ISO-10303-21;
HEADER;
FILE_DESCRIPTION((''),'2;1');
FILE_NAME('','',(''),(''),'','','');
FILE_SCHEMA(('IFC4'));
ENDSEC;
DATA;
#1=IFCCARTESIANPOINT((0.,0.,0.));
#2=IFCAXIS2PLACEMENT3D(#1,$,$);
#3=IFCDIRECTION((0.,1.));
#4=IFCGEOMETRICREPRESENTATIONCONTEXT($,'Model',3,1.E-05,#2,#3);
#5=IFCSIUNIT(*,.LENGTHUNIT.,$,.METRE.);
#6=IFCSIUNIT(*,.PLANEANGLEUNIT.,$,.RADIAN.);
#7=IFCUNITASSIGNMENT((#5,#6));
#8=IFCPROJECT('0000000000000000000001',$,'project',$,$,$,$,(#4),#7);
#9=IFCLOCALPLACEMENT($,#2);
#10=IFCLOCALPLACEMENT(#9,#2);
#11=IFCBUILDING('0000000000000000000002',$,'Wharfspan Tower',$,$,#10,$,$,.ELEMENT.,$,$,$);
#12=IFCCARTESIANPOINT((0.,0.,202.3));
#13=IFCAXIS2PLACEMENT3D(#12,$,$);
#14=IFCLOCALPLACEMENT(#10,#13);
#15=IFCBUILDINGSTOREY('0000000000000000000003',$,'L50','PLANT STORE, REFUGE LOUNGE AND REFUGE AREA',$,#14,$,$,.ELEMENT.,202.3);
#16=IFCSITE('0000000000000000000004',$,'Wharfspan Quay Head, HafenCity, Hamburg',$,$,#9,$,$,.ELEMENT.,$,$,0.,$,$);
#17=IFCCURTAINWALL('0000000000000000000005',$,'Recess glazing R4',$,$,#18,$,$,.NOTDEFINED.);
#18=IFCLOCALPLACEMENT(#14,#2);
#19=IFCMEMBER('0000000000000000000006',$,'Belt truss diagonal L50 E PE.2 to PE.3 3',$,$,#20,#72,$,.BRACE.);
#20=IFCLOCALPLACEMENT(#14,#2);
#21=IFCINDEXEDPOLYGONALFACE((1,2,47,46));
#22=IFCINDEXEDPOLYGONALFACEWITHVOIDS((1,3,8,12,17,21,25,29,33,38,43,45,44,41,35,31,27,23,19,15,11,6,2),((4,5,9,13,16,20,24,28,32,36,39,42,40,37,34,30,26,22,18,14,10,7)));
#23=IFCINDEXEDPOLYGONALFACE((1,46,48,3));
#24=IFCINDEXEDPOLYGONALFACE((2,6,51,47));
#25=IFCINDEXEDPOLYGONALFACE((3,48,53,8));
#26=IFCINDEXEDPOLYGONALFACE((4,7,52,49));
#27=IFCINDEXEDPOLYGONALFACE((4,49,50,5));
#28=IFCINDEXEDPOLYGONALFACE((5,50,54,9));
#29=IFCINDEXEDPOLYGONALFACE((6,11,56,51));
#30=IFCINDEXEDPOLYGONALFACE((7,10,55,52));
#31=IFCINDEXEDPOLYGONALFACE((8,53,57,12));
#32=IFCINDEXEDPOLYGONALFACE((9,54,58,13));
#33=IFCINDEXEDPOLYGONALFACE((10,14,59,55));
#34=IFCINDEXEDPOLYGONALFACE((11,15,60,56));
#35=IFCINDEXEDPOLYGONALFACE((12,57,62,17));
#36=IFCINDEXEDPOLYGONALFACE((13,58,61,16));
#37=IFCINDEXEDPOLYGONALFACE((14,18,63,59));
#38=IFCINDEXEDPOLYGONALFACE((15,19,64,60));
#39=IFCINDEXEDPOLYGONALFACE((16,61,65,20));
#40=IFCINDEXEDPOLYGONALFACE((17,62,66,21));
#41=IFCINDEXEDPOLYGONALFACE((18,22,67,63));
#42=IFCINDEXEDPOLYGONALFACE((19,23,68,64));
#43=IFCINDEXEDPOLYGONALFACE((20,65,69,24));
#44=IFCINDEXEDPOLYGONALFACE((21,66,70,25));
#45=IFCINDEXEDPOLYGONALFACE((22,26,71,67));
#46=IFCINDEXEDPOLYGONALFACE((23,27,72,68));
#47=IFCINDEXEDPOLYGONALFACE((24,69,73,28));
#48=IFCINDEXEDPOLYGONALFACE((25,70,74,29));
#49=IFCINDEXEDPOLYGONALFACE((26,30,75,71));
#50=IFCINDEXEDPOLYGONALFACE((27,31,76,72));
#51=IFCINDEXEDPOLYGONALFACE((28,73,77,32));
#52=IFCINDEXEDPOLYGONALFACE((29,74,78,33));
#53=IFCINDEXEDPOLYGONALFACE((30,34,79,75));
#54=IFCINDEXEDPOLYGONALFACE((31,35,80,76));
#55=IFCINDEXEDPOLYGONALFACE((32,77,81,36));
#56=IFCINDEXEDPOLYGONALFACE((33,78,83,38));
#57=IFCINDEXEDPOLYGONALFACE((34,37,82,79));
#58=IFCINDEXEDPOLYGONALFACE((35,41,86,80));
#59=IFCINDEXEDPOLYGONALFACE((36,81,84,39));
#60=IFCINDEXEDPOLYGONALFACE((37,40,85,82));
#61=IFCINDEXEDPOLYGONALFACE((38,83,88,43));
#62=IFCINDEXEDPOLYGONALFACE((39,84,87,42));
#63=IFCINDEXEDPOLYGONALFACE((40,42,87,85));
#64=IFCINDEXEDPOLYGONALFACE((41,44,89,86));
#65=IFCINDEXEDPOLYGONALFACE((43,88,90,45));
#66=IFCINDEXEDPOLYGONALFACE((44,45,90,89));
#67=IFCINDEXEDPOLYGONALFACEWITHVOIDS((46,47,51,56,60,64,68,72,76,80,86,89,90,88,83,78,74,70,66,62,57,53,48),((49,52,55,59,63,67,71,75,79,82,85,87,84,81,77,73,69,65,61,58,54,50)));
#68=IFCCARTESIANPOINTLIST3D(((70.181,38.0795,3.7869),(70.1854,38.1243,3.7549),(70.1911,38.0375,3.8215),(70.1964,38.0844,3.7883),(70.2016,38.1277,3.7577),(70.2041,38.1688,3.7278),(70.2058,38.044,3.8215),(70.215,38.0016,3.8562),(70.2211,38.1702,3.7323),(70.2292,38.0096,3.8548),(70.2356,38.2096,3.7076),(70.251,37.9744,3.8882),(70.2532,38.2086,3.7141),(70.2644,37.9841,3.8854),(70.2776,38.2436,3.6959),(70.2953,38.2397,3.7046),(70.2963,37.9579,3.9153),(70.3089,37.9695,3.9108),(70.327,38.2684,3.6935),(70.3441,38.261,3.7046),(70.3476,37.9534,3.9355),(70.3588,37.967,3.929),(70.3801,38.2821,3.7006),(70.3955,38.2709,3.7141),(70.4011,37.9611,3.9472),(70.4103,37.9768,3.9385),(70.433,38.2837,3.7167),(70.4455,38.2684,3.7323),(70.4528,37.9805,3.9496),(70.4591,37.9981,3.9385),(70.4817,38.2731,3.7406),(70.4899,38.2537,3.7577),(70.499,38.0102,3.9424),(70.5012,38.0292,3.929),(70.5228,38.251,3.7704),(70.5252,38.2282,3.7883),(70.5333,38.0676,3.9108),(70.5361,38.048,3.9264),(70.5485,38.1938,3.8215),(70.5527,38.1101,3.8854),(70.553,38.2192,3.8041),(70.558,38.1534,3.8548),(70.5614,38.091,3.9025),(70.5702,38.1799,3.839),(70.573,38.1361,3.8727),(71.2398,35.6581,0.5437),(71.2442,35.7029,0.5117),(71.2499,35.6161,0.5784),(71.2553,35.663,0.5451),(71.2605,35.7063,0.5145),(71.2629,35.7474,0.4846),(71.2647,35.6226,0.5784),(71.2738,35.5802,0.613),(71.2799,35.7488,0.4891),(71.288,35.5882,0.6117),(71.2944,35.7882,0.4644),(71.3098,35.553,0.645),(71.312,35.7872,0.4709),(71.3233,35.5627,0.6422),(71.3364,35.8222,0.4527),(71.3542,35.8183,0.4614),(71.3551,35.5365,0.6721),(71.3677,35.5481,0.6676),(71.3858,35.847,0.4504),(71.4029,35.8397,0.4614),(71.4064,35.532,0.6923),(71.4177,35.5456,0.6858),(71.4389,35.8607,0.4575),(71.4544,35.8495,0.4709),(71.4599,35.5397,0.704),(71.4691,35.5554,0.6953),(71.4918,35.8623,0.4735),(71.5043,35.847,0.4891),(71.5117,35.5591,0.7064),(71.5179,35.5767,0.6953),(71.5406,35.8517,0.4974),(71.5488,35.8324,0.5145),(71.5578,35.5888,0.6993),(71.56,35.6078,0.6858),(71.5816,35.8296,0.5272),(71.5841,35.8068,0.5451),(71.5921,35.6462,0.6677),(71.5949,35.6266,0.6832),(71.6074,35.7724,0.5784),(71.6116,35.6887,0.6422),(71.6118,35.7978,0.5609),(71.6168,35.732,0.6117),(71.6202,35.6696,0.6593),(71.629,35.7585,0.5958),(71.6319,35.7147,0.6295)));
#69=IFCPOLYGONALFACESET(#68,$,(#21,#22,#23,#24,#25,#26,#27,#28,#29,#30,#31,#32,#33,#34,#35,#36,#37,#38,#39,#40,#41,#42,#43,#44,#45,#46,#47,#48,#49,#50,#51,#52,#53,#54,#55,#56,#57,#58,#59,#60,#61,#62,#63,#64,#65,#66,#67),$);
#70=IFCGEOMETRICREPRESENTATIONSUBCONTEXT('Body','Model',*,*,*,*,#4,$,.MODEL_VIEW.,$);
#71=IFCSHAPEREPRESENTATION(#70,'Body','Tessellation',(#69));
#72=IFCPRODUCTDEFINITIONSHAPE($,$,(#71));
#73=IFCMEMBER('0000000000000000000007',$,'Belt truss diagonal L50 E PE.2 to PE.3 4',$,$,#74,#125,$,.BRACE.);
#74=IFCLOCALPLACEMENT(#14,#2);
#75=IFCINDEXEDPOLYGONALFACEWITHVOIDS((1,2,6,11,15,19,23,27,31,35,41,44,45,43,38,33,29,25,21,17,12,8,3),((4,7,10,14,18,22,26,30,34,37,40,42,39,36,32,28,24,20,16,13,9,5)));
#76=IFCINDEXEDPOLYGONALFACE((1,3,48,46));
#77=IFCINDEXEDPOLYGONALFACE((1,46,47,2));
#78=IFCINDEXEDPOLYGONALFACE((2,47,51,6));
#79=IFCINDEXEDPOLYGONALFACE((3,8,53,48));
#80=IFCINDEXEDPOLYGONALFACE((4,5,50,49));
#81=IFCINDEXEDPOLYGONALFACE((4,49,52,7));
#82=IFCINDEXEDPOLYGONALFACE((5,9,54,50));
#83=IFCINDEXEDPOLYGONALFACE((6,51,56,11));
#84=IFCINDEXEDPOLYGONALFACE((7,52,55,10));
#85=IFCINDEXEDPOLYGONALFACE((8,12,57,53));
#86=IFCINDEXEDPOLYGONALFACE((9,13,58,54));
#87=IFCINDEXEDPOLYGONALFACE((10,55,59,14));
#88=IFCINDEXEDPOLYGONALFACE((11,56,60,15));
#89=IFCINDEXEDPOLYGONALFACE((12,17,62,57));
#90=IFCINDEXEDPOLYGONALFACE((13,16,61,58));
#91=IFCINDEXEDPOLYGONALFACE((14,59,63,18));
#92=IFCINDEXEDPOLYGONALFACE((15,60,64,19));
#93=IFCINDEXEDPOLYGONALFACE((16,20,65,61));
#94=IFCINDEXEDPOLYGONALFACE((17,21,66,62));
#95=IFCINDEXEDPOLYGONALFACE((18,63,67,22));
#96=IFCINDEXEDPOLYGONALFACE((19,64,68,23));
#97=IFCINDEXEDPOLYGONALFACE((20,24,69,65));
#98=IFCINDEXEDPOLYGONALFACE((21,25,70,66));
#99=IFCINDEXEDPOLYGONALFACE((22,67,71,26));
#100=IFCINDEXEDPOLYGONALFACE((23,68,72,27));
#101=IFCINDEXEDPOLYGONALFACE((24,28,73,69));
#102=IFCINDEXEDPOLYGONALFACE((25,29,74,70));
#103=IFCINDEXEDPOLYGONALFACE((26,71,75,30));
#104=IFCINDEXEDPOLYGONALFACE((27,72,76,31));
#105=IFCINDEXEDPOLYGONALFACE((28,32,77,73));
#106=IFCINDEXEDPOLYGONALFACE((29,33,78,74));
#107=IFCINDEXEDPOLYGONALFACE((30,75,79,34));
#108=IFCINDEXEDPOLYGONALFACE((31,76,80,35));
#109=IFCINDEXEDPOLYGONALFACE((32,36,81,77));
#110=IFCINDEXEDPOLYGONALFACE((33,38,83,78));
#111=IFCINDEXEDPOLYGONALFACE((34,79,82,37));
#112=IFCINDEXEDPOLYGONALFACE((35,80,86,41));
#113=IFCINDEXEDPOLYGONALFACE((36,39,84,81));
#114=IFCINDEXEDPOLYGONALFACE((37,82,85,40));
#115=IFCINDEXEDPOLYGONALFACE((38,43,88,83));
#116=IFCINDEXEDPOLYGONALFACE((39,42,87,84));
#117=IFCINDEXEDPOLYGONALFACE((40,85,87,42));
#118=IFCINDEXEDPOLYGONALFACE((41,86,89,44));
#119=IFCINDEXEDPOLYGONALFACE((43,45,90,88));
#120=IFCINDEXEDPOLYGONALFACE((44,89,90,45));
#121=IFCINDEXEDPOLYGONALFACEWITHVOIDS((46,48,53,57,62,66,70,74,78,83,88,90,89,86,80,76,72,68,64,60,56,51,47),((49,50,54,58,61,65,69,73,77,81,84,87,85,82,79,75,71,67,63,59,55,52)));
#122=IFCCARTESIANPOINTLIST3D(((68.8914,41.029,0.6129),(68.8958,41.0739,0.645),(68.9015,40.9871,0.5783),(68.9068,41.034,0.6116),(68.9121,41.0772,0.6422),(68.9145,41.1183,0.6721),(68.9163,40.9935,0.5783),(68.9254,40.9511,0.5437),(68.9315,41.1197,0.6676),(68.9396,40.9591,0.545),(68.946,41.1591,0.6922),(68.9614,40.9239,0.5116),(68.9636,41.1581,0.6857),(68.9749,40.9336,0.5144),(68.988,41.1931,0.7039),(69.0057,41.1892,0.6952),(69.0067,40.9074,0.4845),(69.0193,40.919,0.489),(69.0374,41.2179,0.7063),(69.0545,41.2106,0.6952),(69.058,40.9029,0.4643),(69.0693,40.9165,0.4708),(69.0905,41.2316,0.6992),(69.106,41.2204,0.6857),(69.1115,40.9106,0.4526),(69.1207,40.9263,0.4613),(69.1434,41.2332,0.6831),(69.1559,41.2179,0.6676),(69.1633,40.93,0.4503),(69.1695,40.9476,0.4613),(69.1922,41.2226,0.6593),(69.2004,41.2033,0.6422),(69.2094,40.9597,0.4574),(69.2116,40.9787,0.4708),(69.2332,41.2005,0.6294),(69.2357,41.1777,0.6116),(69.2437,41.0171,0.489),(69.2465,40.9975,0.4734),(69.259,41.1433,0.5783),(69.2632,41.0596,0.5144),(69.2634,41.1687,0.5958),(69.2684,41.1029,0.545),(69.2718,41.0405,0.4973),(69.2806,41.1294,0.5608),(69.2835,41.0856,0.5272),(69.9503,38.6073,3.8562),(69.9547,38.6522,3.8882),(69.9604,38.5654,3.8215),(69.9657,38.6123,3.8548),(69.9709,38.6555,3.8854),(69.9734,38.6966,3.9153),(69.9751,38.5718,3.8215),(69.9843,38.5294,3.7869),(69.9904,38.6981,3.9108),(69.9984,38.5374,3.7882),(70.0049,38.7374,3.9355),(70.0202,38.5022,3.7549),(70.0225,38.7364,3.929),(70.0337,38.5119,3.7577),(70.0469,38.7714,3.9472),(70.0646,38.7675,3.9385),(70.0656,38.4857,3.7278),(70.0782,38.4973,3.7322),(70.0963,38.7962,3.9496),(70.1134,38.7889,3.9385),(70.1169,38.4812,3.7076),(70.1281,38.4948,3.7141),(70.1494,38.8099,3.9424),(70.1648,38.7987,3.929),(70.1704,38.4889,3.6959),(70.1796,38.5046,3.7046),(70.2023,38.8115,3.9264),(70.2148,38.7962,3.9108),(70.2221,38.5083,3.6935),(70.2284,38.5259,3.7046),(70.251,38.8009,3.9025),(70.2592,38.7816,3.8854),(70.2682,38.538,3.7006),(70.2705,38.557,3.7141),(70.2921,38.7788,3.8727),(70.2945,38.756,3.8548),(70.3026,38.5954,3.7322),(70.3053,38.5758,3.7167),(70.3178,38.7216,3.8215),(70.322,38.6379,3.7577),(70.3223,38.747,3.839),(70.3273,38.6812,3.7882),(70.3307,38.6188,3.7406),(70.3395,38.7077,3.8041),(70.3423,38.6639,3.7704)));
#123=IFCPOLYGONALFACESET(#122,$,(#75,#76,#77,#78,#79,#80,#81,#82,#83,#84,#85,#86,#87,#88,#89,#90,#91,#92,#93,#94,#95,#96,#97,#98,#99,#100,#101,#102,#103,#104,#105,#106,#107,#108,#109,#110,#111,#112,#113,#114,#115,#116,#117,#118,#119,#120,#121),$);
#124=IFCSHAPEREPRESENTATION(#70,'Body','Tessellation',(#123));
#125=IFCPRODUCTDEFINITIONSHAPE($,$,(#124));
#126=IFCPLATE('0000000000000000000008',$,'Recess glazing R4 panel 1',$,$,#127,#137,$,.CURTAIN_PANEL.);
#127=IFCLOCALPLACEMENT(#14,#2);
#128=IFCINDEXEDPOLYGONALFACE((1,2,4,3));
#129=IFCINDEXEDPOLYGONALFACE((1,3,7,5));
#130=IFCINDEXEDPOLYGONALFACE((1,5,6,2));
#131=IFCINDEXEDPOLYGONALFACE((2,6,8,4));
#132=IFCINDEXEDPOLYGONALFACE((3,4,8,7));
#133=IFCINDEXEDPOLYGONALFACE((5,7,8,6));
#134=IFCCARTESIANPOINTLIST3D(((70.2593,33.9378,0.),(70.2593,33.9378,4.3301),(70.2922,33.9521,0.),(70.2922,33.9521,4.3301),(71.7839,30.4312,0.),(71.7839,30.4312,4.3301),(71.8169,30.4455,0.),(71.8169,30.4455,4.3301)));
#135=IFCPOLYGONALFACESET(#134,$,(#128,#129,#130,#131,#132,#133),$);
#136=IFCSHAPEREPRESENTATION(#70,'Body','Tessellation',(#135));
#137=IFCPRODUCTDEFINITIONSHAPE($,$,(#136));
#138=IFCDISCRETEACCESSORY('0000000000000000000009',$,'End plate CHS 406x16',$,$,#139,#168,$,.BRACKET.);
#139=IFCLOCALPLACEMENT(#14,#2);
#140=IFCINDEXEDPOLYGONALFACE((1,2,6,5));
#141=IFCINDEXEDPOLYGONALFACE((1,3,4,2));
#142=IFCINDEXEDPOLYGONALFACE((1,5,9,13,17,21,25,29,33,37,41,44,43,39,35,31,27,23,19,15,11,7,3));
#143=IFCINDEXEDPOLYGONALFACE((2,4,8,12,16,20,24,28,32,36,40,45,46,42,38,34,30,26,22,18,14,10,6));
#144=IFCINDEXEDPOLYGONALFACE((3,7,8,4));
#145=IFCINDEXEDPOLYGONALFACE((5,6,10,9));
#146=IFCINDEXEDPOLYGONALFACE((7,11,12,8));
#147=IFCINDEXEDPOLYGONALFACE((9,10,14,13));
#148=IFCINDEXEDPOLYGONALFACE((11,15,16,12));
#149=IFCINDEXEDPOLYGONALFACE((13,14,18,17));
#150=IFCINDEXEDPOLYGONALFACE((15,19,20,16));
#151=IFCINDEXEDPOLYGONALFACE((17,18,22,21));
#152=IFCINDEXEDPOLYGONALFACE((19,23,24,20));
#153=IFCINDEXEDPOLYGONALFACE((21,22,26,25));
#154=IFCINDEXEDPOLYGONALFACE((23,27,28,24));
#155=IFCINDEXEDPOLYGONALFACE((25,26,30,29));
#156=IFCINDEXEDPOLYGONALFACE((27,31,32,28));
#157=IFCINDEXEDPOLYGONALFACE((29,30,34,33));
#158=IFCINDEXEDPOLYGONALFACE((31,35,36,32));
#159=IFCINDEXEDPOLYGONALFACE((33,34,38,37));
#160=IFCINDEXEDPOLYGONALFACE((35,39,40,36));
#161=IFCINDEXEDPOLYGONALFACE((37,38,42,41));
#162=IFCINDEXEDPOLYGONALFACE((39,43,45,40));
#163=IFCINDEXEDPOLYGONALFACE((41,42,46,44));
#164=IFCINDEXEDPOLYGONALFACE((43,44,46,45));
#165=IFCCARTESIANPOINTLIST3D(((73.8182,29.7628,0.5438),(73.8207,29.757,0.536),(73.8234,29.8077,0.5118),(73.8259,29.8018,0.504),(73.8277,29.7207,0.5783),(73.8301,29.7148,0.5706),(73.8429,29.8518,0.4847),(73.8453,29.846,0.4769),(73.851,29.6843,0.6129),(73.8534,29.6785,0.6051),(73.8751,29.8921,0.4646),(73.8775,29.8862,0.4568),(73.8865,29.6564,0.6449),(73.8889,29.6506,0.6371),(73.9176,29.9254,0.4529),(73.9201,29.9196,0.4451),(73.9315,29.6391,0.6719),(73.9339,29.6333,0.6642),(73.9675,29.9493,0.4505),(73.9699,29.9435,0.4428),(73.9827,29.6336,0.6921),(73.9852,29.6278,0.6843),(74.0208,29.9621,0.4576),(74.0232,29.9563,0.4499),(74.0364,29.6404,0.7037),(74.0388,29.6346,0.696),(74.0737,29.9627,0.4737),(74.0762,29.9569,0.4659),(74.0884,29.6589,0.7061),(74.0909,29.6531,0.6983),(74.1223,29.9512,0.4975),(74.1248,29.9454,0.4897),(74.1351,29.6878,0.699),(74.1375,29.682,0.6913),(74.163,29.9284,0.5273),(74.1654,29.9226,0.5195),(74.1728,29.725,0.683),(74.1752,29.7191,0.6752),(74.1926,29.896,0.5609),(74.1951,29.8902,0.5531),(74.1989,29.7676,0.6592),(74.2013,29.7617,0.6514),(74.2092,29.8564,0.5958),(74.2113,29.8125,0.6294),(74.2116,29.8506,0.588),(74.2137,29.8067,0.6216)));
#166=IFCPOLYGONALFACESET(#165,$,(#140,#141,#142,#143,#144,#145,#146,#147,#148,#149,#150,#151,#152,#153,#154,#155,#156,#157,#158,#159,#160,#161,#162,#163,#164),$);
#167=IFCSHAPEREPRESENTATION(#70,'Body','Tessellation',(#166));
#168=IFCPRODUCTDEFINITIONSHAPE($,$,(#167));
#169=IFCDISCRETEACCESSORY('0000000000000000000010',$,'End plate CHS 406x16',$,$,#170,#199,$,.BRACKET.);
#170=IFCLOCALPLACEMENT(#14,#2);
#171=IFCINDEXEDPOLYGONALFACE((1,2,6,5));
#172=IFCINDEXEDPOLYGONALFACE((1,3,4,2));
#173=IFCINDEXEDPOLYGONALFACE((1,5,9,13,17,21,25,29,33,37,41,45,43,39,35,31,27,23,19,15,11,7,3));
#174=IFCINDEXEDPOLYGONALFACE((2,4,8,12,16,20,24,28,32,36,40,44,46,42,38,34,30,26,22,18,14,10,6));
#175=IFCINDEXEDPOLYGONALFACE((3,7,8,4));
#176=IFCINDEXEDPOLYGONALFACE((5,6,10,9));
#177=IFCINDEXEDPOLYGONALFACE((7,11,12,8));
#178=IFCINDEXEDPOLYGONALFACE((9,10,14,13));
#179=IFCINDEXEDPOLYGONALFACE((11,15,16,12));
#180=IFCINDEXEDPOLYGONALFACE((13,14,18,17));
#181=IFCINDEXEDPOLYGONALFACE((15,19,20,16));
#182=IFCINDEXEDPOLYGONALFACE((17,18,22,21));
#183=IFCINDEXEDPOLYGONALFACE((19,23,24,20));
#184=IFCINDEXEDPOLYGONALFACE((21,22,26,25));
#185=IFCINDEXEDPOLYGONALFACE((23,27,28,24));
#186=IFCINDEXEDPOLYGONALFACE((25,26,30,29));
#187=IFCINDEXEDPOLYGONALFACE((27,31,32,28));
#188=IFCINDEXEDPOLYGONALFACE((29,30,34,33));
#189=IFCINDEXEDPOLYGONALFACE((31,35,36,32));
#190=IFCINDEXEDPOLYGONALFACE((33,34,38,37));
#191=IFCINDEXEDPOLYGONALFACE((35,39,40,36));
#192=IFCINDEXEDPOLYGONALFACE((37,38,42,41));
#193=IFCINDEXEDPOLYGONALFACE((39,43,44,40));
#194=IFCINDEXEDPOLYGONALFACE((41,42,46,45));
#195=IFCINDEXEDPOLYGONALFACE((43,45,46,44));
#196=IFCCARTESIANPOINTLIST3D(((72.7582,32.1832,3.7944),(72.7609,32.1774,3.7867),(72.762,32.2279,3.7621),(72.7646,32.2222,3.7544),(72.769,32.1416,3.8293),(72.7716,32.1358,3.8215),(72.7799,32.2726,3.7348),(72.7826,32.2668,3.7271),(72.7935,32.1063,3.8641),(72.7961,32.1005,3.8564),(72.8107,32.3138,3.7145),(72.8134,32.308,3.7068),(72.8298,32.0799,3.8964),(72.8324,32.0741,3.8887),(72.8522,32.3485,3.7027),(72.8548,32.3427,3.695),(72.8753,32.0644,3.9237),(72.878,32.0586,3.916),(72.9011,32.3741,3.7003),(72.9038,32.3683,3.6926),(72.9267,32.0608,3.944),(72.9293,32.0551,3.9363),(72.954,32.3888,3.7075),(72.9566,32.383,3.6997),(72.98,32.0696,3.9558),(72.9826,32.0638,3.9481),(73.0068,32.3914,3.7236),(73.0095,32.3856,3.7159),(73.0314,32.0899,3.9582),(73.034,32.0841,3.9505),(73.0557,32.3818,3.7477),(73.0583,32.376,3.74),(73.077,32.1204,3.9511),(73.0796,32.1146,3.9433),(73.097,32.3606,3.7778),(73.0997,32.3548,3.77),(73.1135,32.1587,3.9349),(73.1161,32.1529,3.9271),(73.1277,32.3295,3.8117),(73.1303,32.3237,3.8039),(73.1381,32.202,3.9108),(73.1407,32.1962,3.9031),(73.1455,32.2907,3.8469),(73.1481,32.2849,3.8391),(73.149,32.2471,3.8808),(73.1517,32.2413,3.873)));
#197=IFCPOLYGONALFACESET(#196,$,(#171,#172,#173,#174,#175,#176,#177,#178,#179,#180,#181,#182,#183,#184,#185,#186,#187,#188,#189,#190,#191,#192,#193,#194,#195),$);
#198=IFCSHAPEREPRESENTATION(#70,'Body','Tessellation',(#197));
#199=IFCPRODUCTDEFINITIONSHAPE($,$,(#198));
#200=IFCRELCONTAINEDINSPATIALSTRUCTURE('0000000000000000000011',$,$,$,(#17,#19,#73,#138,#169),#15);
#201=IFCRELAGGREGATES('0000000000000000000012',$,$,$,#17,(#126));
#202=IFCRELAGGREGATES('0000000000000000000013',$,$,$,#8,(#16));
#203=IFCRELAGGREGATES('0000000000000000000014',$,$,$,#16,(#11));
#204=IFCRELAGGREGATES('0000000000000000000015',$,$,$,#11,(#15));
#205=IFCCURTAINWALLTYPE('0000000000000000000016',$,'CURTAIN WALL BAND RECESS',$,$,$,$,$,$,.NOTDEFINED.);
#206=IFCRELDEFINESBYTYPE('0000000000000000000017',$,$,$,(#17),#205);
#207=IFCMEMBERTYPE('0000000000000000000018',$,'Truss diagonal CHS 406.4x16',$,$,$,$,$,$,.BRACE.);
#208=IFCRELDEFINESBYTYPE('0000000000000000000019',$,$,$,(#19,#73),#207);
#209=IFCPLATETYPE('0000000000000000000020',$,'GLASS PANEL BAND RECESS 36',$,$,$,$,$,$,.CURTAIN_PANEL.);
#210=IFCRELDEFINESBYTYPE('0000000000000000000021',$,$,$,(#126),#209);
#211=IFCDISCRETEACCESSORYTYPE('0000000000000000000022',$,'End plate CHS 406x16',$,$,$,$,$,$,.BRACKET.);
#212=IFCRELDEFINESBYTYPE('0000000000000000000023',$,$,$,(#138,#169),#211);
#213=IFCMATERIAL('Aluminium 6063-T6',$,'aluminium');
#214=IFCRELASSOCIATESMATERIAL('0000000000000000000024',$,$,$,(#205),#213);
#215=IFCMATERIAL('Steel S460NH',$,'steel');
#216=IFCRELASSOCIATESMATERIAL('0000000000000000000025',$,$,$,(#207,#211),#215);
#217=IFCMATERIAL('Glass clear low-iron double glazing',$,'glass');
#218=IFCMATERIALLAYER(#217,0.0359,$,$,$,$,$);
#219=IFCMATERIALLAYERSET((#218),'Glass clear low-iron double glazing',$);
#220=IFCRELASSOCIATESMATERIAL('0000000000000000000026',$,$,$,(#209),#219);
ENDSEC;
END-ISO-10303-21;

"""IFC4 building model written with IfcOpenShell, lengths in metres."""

from ifc_helpers import new_model, si_unit, direction, frame, origin, origin_2d, place, context, subcontext, project, spatial, rectangle, circle, hollow_circle, extrude, material, layer, layer_set, material_profile, profile_set, type_object, element, aggregate, save


model = new_model("IFC4")

# Units and contexts
model_context = context("Model", 3, precision=1e-05, world=origin(), true_north=direction((0.0, 1.0)))
body_context = subcontext(model_context, "Body", "Model", "MODEL_VIEW")
ifc_project = project(units=[si_unit("LENGTHUNIT", "METRE"), si_unit("PLANEANGLEUNIT", "RADIAN")], contexts=[model_context])

# Site, building, storey
site_placement = place(None, origin())
site = spatial("IfcSite", under=ifc_project, at=site_placement, Name="Wharfspan Quay Head, HafenCity, Hamburg", CompositionType="ELEMENT", RefElevation=0.0)
building_placement = place(site_placement, origin())
building = spatial("IfcBuilding", under=site, at=building_placement, Name="Wharfspan Tower", CompositionType="ELEMENT")
storey_placement = place(building_placement, frame((0.0, 0.0, 202.3)))
storey = spatial("IfcBuildingStorey", under=building, at=storey_placement, Name="L50", Description="PLANT STORE, REFUGE LOUNGE AND REFUGE AREA", CompositionType="ELEMENT", Elevation=202.3)

# Shared definitions
ifc_material_1 = material(Name="Aluminium 6063-T6", Category="aluminium")
curtain_wall_type = type_object("IfcCurtainWallType", Name="CURTAIN WALL BAND RECESS", PredefinedType="NOTDEFINED", material=ifc_material_1)

# Curtain wall
curtain_wall_1_placement = place(storey_placement, origin())
curtain_wall_1 = element("IfcCurtainWall", 1, at=curtain_wall_1_placement, inside=storey, type_object=curtain_wall_type, Name="Recess glazing R4", PredefinedType="NOTDEFINED")

# Shared definitions
ifc_material_2 = material(Name="Steel S460NH", Category="steel")

# Members
ifc_material_profile_1 = material_profile(ifc_material_2, hollow_circle(Radius=0.2031, WallThickness=0.0161, at=origin_2d()))
ifc_profile_set_1 = profile_set([ifc_material_profile_1], Name="Steel S460NH")
member_type_1 = type_object("IfcMemberType", Name="Truss diagonal CHS 406.4x16", PredefinedType="BRACE", material=ifc_profile_set_1)
member_1_placement = place(storey_placement, frame((71.436, 35.6975, 0.5784), z_axis=(-0.253094, 0.578783, 0.775212), x_axis=(-0.91623, -0.400651, -0.000003)))
element("IfcMember", 2, at=member_1_placement, inside=storey, type_object=member_type_1, Name="Belt truss diagonal L50 E PE.2 to PE.3 3", PredefinedType="BRACE", context=body_context, shape_type="SweptSolid", body=[
    extrude(hollow_circle(Radius=0.2031, WallThickness=0.0161, at=origin_2d()), origin(), (0.0, 0.0, 1.0), 4.1836),
])
member_2_placement = place(storey_placement, frame((70.1465, 38.6467, 3.8215), z_axis=(-0.253085, 0.578822, -0.775186), x_axis=(-0.916245, -0.400619, 0.000001)))
element("IfcMember", 3, at=member_2_placement, inside=storey, type_object=member_type_1, Name="Belt truss diagonal L50 E PE.2 to PE.3 4", PredefinedType="BRACE", context=body_context, shape_type="SweptSolid", body=[
    extrude(hollow_circle(Radius=0.2031, WallThickness=0.0161, at=origin_2d()), origin(), (0.0, 0.0, 1.0), 4.1838),
])

# Plate
ifc_material_3 = material(Name="Glass clear low-iron double glazing", Category="glass")
ifc_layer = layer(ifc_material_3, 0.0359)
ifc_layer_set = layer_set([ifc_layer], Name="Glass clear low-iron double glazing")
plate_type = type_object("IfcPlateType", Name="GLASS PANEL BAND RECESS 36", PredefinedType="CURTAIN_PANEL", material=ifc_layer_set)
plate_placement = place(storey_placement, frame((71.0381, 32.1917, 0.0), z_axis=(0.0, 0.0, 1.0), x_axis=(0.398727, -0.917072, 0.0)))
plate = element("IfcPlate", 4, at=plate_placement, type_object=plate_type, Name="Recess glazing R4 panel 1", PredefinedType="CURTAIN_PANEL", context=body_context, shape_type="SweptSolid", body=[
    extrude(rectangle(XDim=3.8237, YDim=0.0359, at=origin_2d()), origin(), (0.0, 0.0, 1.0), 4.3301),
])
aggregate(curtain_wall_1, [plate])

# Discrete accessories
ifc_material_profile_2 = material_profile(ifc_material_2, circle(Radius=0.2031, at=origin_2d()))
ifc_profile_set_2 = profile_set([ifc_material_profile_2], Name="Steel S460NH")
discrete_accessory_type_1 = type_object("IfcDiscreteAccessoryType", Name="End plate CHS 406x16", PredefinedType="BRACKET", material=ifc_profile_set_2)
for number, where, z_axis, x_axis, name in (
    (5, (74.0176, 29.793, 0.5706), (-0.242536, 0.582086, 0.776114), (-0.923073, -0.384614, 0.0), "End plate CHS 406x16"),
    (6, (72.9563, 32.2205, 3.8215), (-0.265156, 0.578523, 0.771364), (-0.909066, -0.416656, 0.000001), "End plate CHS 406x16"),
):
    element("IfcDiscreteAccessory", number, at=place(storey_placement, frame(where, z_axis=z_axis, x_axis=x_axis)), inside=storey, type_object=discrete_accessory_type_1, Name=name, PredefinedType="BRACKET", context=body_context, shape_type="SweptSolid", body=[
        extrude(circle(Radius=0.2031, at=origin_2d()), origin(), (0.0, 0.0, 1.0), 0.01),
    ])

save(model, "model.ifc")
